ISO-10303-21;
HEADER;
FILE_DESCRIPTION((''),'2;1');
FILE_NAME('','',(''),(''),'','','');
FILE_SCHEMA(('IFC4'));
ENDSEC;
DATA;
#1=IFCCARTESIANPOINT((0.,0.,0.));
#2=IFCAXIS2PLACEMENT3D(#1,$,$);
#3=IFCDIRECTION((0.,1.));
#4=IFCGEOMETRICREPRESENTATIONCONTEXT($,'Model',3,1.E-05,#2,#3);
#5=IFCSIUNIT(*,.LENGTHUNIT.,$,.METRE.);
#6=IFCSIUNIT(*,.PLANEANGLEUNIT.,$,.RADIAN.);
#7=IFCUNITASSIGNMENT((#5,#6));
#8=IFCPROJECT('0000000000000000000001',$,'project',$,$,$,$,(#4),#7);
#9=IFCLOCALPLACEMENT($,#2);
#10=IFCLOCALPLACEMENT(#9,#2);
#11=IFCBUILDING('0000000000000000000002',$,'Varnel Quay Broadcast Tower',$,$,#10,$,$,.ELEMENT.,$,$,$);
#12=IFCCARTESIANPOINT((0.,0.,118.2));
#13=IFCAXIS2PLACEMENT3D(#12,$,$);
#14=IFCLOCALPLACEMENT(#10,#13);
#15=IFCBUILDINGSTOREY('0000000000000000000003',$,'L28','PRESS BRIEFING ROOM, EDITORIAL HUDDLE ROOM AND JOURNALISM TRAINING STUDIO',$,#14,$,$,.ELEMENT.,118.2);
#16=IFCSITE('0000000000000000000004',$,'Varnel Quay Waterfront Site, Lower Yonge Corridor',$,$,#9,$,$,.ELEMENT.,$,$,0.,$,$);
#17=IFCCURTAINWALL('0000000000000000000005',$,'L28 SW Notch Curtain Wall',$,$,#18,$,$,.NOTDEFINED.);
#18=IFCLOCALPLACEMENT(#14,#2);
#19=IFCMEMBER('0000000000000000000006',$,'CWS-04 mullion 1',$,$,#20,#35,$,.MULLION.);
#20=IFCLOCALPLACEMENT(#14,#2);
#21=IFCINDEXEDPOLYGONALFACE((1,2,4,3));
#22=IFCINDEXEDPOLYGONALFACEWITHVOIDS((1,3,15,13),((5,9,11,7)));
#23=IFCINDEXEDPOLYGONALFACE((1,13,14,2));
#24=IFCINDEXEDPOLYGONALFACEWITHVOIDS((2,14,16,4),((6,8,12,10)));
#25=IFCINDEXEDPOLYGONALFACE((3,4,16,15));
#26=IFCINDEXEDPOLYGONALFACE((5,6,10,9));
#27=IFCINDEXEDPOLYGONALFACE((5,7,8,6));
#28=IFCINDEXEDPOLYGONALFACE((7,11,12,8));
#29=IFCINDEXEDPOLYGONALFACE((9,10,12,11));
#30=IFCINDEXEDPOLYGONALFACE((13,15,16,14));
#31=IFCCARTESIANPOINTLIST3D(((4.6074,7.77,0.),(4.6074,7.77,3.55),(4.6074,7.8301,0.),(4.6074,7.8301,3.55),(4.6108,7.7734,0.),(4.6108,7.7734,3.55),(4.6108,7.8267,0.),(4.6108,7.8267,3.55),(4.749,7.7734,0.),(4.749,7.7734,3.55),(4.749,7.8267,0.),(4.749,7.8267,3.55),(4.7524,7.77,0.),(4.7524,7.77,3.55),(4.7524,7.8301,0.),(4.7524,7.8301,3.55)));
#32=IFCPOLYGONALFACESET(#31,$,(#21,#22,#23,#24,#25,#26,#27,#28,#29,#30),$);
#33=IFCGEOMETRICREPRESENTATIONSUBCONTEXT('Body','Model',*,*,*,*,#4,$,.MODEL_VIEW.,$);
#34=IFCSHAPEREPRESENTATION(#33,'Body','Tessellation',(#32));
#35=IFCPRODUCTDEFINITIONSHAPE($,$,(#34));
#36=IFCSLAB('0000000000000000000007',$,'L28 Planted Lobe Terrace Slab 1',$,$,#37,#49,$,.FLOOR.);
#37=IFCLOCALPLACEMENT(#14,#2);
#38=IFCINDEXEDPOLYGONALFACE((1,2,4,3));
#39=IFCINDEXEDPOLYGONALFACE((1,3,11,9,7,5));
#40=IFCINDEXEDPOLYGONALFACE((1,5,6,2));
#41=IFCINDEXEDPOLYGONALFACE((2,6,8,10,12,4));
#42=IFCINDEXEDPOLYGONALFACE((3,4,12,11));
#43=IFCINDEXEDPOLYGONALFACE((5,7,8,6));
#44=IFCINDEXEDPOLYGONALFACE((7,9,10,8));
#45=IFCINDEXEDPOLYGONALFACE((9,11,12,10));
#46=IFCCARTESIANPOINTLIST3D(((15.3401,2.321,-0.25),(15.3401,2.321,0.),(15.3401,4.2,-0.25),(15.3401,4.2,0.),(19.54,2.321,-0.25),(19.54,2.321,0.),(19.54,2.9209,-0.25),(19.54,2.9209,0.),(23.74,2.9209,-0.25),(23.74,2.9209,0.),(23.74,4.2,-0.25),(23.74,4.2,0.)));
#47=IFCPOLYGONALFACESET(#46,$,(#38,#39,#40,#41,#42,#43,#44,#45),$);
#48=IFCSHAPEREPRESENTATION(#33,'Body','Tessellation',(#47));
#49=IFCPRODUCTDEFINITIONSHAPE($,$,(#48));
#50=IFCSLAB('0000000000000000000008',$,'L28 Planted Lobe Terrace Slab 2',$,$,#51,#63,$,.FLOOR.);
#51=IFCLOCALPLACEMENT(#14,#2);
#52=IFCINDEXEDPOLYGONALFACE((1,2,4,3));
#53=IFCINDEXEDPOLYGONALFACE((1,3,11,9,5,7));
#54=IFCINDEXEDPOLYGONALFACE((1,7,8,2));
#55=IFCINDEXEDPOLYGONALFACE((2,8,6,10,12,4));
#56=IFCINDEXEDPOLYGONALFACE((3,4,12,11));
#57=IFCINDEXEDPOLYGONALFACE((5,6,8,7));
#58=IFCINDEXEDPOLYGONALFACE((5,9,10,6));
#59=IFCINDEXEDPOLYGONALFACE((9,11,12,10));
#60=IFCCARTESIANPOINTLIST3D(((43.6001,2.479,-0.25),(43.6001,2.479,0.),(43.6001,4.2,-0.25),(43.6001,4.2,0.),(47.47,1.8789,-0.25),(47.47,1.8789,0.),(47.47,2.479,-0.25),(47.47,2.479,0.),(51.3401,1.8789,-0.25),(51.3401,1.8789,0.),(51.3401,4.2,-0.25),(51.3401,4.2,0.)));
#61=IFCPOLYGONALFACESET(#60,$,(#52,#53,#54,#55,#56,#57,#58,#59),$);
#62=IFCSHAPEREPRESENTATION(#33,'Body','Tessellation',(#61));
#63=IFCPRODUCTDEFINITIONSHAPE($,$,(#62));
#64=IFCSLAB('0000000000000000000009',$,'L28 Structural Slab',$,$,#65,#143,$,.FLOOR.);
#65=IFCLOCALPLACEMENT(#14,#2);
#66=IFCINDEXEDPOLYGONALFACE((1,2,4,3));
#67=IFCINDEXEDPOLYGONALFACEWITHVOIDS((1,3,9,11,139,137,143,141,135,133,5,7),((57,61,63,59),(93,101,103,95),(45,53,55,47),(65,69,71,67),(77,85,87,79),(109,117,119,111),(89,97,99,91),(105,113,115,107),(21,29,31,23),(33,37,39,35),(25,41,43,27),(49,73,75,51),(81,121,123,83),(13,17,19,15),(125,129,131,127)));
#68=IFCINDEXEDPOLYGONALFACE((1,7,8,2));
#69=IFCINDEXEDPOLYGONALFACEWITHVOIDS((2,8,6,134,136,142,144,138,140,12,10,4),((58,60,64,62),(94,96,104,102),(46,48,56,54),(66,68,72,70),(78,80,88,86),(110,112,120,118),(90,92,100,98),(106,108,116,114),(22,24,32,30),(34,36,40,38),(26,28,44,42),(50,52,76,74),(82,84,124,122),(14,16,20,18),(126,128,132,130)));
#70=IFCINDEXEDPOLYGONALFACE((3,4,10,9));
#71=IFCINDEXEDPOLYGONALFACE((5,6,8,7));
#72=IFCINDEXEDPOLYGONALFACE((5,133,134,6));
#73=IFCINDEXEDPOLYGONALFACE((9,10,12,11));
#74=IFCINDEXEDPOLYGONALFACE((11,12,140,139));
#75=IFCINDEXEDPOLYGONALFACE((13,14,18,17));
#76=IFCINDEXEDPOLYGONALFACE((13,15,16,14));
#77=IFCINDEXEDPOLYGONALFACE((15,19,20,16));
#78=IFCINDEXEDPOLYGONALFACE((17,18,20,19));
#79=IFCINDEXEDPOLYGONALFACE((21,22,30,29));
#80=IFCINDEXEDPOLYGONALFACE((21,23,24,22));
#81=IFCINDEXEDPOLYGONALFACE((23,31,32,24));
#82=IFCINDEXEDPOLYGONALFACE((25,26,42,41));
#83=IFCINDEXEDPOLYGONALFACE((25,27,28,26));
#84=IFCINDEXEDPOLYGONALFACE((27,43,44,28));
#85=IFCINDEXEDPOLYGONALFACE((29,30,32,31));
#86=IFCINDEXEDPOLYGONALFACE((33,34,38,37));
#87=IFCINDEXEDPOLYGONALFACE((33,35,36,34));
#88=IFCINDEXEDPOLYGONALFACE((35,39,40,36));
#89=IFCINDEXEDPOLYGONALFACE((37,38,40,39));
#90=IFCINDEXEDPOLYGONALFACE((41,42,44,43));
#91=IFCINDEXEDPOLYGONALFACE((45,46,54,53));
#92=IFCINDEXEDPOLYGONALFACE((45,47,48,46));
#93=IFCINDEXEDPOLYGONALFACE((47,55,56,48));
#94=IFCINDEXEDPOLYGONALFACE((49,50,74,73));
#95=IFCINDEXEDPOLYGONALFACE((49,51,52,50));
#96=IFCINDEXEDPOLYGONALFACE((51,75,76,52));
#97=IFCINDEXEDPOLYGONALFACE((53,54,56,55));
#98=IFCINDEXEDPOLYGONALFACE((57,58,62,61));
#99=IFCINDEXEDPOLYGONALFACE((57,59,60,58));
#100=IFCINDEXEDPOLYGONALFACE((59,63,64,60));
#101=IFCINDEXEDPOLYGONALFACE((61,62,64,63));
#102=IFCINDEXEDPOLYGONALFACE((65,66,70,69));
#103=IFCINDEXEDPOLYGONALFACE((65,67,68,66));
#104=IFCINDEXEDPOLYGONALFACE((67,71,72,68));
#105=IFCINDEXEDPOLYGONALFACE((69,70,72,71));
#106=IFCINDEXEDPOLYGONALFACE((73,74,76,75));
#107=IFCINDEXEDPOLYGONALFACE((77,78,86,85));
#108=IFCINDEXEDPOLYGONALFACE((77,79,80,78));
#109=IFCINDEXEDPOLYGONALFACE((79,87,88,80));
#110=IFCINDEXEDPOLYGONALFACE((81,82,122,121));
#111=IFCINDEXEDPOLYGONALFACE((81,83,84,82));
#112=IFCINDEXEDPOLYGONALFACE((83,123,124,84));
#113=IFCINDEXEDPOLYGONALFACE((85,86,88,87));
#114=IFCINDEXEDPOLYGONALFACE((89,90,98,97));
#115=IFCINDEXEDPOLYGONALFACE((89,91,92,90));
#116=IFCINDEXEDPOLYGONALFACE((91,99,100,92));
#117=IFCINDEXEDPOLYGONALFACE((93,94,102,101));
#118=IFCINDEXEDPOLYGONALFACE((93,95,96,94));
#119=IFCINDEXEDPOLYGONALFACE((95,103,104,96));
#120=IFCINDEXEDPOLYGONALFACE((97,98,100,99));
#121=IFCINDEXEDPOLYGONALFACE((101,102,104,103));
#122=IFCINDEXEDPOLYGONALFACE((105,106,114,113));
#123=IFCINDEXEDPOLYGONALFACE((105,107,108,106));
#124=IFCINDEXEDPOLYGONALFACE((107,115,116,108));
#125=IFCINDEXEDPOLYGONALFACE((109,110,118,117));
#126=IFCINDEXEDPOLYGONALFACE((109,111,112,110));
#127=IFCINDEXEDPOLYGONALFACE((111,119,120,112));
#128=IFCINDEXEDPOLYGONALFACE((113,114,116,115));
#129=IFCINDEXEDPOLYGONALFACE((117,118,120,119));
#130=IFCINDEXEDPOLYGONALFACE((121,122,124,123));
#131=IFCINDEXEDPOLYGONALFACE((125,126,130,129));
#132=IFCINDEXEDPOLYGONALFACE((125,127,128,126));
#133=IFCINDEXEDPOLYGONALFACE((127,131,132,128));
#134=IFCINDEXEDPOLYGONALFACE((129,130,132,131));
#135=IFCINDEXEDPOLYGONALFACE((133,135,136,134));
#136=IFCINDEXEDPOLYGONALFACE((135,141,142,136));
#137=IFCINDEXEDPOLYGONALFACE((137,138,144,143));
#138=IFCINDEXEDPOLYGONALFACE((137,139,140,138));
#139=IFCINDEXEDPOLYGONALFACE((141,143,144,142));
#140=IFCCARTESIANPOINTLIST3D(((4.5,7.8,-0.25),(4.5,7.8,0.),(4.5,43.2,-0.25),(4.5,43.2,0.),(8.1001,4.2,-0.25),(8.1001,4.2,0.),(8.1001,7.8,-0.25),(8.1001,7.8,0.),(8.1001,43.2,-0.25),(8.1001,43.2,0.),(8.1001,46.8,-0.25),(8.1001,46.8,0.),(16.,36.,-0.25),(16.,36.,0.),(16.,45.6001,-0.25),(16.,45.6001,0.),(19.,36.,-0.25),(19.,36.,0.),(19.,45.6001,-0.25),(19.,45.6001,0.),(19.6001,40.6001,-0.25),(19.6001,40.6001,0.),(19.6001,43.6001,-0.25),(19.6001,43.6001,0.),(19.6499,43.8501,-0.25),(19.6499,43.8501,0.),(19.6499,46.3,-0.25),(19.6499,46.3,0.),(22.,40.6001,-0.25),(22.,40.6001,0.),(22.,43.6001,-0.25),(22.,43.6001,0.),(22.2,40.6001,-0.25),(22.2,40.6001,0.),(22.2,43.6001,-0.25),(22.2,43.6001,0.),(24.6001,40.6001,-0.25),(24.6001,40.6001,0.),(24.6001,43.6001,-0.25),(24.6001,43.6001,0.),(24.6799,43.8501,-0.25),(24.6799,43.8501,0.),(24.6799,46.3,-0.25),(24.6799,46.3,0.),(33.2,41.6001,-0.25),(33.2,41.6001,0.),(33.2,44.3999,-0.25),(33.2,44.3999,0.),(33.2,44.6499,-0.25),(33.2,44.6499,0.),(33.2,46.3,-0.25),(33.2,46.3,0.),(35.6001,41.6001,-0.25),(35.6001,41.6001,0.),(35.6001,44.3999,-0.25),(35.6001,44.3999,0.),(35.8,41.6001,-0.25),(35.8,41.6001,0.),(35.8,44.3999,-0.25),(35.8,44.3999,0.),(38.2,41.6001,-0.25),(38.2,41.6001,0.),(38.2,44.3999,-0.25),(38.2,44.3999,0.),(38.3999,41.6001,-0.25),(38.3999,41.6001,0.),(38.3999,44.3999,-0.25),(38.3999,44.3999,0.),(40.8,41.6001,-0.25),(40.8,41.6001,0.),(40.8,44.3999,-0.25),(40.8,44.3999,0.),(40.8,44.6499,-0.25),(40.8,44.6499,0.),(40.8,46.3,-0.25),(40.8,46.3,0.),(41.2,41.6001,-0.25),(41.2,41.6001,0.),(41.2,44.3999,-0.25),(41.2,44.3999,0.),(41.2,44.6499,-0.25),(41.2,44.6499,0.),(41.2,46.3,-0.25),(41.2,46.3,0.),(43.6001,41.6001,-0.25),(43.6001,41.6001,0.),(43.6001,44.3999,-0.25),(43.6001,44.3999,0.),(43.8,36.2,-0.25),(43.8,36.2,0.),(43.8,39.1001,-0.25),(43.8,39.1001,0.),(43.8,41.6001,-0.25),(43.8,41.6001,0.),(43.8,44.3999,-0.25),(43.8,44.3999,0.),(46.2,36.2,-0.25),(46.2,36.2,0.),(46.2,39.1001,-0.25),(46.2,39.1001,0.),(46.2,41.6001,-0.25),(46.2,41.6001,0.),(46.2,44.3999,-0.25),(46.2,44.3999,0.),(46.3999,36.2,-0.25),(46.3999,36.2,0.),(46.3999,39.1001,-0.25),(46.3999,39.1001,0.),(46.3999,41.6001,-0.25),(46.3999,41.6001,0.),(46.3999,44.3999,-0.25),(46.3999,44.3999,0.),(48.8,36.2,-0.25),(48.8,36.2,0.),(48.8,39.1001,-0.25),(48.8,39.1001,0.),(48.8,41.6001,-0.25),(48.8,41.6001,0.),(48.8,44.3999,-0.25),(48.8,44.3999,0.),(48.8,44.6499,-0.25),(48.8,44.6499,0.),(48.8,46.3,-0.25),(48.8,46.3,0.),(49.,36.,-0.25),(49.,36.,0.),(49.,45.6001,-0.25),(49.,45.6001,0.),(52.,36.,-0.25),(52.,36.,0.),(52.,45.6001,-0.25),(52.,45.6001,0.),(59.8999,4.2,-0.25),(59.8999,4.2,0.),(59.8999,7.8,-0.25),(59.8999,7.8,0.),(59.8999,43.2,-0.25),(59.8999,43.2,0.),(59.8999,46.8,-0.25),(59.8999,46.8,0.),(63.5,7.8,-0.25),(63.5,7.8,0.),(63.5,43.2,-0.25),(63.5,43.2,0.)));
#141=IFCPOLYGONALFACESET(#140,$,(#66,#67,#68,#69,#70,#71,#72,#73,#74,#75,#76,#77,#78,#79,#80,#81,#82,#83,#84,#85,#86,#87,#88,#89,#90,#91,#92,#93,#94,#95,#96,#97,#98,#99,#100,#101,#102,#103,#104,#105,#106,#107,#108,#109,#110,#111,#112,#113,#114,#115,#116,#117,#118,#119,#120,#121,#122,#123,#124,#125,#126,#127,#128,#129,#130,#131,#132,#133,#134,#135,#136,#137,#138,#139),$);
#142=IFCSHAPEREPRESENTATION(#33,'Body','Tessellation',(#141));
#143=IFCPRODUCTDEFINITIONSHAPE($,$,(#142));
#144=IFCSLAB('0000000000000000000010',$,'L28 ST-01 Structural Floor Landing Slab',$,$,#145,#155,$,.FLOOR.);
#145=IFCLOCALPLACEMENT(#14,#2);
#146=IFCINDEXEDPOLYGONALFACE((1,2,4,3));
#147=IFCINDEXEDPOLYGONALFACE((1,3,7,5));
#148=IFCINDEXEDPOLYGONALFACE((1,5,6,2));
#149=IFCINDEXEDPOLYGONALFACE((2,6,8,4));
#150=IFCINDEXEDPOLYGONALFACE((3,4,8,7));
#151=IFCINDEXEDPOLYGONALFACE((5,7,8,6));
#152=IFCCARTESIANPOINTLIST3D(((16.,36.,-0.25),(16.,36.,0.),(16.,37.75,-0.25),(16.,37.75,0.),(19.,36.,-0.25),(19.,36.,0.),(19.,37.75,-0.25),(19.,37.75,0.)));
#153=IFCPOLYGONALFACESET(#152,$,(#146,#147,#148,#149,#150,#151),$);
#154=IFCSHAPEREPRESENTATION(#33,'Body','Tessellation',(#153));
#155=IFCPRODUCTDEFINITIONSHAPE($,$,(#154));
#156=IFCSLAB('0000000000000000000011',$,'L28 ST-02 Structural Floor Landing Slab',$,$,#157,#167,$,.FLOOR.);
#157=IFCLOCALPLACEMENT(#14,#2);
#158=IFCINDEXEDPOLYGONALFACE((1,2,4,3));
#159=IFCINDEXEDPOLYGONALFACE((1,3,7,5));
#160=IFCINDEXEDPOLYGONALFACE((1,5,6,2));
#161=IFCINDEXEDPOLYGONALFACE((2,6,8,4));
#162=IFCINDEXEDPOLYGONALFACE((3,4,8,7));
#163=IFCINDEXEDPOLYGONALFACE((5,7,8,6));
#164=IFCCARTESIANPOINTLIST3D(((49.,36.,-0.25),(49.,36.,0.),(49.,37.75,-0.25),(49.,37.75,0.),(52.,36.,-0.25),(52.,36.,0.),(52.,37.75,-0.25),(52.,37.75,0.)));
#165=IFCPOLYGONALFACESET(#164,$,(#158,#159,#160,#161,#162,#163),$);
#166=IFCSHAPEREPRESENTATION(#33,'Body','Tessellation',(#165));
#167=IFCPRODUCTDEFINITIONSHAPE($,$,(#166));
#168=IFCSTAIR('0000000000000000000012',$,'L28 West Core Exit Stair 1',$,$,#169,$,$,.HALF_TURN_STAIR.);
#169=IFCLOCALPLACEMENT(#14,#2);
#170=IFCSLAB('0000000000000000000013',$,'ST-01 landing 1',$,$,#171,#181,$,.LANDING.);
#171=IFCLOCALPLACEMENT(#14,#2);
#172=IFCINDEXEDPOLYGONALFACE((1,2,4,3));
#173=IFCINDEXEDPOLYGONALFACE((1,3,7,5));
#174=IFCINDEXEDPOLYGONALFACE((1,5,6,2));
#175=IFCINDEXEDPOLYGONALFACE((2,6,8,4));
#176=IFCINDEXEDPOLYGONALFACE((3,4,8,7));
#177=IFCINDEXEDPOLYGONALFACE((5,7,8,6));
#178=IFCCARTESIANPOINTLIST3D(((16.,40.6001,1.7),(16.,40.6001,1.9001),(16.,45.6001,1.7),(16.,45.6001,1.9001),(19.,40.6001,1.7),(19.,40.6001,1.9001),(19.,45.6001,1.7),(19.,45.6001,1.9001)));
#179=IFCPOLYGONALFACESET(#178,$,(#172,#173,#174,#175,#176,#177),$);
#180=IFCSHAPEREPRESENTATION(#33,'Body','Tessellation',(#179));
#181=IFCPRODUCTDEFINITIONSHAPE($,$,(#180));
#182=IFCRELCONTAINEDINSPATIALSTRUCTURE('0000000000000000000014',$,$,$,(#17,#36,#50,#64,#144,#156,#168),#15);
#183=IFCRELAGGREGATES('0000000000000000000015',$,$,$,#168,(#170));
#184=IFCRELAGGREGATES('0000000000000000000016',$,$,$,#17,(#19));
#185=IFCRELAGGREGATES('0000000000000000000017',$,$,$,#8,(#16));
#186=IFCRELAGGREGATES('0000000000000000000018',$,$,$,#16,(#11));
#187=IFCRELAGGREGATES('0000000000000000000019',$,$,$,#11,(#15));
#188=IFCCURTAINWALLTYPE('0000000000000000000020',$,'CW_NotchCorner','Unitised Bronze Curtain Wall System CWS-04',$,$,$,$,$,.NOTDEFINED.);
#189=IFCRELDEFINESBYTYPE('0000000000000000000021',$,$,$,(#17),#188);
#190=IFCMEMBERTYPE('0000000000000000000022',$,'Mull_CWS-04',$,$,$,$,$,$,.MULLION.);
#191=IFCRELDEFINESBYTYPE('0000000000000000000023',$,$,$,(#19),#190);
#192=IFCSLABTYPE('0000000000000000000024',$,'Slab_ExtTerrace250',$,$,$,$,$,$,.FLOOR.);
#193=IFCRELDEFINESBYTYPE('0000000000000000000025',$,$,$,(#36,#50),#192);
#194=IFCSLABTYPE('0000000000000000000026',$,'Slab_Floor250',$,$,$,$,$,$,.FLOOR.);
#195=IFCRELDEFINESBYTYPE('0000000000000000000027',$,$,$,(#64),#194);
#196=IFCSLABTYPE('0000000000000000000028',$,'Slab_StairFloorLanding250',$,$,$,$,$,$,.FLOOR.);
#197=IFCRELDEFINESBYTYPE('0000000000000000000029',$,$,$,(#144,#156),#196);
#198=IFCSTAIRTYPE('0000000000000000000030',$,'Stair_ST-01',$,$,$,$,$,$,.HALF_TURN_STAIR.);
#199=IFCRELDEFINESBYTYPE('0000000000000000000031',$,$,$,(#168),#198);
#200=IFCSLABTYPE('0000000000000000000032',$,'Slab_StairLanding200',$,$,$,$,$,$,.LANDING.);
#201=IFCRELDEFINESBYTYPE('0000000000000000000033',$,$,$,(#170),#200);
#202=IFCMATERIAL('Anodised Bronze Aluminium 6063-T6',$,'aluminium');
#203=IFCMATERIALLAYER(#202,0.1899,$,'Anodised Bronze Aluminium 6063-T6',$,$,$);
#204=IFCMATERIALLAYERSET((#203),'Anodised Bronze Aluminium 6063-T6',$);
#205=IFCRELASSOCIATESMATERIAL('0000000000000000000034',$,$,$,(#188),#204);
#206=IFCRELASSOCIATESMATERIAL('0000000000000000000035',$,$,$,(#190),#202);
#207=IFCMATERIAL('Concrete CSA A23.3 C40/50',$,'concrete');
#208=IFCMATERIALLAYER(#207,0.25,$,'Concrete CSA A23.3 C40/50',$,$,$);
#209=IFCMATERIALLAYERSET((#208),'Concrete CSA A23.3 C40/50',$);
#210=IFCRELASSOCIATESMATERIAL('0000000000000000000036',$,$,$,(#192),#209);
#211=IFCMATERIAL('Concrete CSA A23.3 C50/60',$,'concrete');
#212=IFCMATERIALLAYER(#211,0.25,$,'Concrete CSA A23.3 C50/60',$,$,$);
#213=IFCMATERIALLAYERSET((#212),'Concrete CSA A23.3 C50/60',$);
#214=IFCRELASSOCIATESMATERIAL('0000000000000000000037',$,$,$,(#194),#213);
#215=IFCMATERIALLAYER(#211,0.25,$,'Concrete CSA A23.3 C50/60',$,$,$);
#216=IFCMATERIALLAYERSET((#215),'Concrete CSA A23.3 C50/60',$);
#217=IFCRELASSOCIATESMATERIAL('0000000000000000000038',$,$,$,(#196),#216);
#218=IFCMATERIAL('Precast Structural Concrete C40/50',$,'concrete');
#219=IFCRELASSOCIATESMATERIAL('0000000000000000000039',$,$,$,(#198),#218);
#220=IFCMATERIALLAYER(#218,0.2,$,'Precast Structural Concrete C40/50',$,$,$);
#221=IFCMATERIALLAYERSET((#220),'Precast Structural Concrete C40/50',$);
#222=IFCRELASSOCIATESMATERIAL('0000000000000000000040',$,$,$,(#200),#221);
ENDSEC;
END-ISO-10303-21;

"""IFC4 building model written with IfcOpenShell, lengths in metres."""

from ifc_helpers import new_model, si_unit, direction, frame, origin, origin_2d, place, context, subcontext, project, spatial, polyline, hollow_rectangle, outline, extrude, source, transform, mapped, material, layer, layer_set, material_profile, profile_set, type_object, type_shapes, element, aggregate, save


model = new_model("IFC4")

# Units and contexts
model_context = context("Model", 3, precision=1e-05, world=origin(), true_north=direction((0.0, 1.0)))
body_context = subcontext(model_context, "Body", "Model", "MODEL_VIEW")
ifc_project = project(units=[si_unit("LENGTHUNIT", "METRE"), si_unit("PLANEANGLEUNIT", "RADIAN")], contexts=[model_context])

# Site, building, storey
site_placement = place(None, origin())
site = spatial("IfcSite", under=ifc_project, at=site_placement, Name="Varnel Quay Waterfront Site, Lower Yonge Corridor", CompositionType="ELEMENT", RefElevation=0.0)
building_placement = place(site_placement, origin())
building = spatial("IfcBuilding", under=site, at=building_placement, Name="Varnel Quay Broadcast Tower", CompositionType="ELEMENT")
storey_placement = place(building_placement, frame((0.0, 0.0, 118.2)))
storey = spatial("IfcBuildingStorey", under=building, at=storey_placement, Name="L28", Description="PRESS BRIEFING ROOM, EDITORIAL HUDDLE ROOM AND JOURNALISM TRAINING STUDIO", CompositionType="ELEMENT", Elevation=118.2)

# Curtain wall
ifc_material_1 = material(Name="Anodised Bronze Aluminium 6063-T6", Category="aluminium")
ifc_layer_1 = layer(ifc_material_1, 0.1899, Name="Anodised Bronze Aluminium 6063-T6")
ifc_layer_set_1 = layer_set([ifc_layer_1], Name="Anodised Bronze Aluminium 6063-T6")
curtain_wall_type_1 = type_object("IfcCurtainWallType", Name="CW_NotchCorner", Description="Unitised Bronze Curtain Wall System CWS-04", PredefinedType="NOTDEFINED", material=ifc_layer_set_1)
curtain_wall_1_placement = place(storey_placement, origin())
curtain_wall_1 = element("IfcCurtainWall", 1, at=curtain_wall_1_placement, inside=storey, type_object=curtain_wall_type_1, Name="L28 SW Notch Curtain Wall", PredefinedType="NOTDEFINED")

# Member
ifc_material_profile_1 = material_profile(ifc_material_1, hollow_rectangle(XDim=0.0601, YDim=0.145, WallThickness=0.0034, at=origin_2d()), Name="ALU60X145X3.5")
ifc_profile_set_1 = profile_set([ifc_material_profile_1], Name="Anodised Bronze Aluminium 6063-T6")
member_type_1 = type_object("IfcMemberType", Name="Mull_CWS-04", PredefinedType="MULLION", material=ifc_profile_set_1)
shared_shape_1 = source(origin(), body_context, "Body", "SweptSolid", [
    extrude(hollow_rectangle(XDim=0.0601, YDim=0.145, WallThickness=0.0034, at=origin_2d()), origin(), (0.0, 0.0, 1.0), 3.55),
])
type_shapes(member_type_1, [shared_shape_1])
member_1_placement = place(storey_placement, frame((4.6799, 7.8, 0.0), z_axis=(0.0, 0.0, 1.0), x_axis=(0.0, 1.0, 0.0)))
member_1 = element("IfcMember", 2, at=member_1_placement, type_object=member_type_1, Name="CWS-04 mullion 1", PredefinedType="MULLION", context=body_context, shape_type="MappedRepresentation", body=[
    mapped(shared_shape_1, transform((0.0, 0.0, 0.0), x_axis=(1.0, 0.0, 0.0), y_axis=(0.0, 1.0, 0.0), z_axis=(0.0, 0.0, 1.0), scale=1.0)),
])

# Slabs
ifc_material_2 = material(Name="Concrete CSA A23.3 C40/50", Category="concrete")
ifc_layer_2 = layer(ifc_material_2, 0.25, Name="Concrete CSA A23.3 C40/50")
ifc_layer_set_2 = layer_set([ifc_layer_2], Name="Concrete CSA A23.3 C40/50")
slab_type_1 = type_object("IfcSlabType", Name="Slab_ExtTerrace250", PredefinedType="FLOOR", material=ifc_layer_set_2)
slab_1_placement = place(storey_placement, frame((0.0, 0.0, -0.25)))
element("IfcSlab", 3, at=slab_1_placement, inside=storey, type_object=slab_type_1, Name="L28 Planted Lobe Terrace Slab 1", PredefinedType="FLOOR", context=body_context, shape_type="SweptSolid", body=[
    extrude(outline(polyline([(15.3401, 2.321), (19.54, 2.321), (19.54, 2.9209), (23.74, 2.9209), (23.74, 4.2), (15.3401, 4.2), (15.3401, 2.321)])), origin(), (0.0, 0.0, 1.0), 0.25),
])
slab_2_placement = place(storey_placement, frame((0.0, 0.0, -0.25)))
element("IfcSlab", 4, at=slab_2_placement, inside=storey, type_object=slab_type_1, Name="L28 Planted Lobe Terrace Slab 2", PredefinedType="FLOOR", context=body_context, shape_type="SweptSolid", body=[
    extrude(outline(polyline([(43.6001, 2.479), (47.47, 2.479), (47.47, 1.8789), (51.3401, 1.8789), (51.3401, 4.2), (43.6001, 4.2), (43.6001, 2.479)])), origin(), (0.0, 0.0, 1.0), 0.25),
])
ifc_material_3 = material(Name="Concrete CSA A23.3 C50/60", Category="concrete")
ifc_layer_3 = layer(ifc_material_3, 0.25, Name="Concrete CSA A23.3 C50/60")
ifc_layer_set_3 = layer_set([ifc_layer_3], Name="Concrete CSA A23.3 C50/60")
slab_type_2 = type_object("IfcSlabType", Name="Slab_Floor250", PredefinedType="FLOOR", material=ifc_layer_set_3)
slab_3_placement = place(storey_placement, frame((0.0, 0.0, -0.25)))
element("IfcSlab", 5, at=slab_3_placement, inside=storey, type_object=slab_type_2, Name="L28 Structural Slab", PredefinedType="FLOOR", context=body_context, shape_type="SweptSolid", body=[
    extrude(outline(polyline([(8.1001, 4.2), (59.8999, 4.2), (59.8999, 7.8), (63.5, 7.8), (63.5, 43.2), (59.8999, 43.2), (59.8999, 46.8), (8.1001, 46.8), (8.1001, 43.2), (4.5, 43.2), (4.5, 7.8), (8.1001, 7.8), (8.1001, 4.2)]), holes=[polyline([(19.0, 36.0), (16.0, 36.0), (16.0, 45.6001), (19.0, 45.6001), (19.0, 36.0)]), polyline([(19.6001, 43.6001), (22.0, 43.6001), (22.0, 40.6001), (19.6001, 40.6001), (19.6001, 43.6001)]), polyline([(22.2, 43.6001), (24.6001, 43.6001), (24.6001, 40.6001), (22.2, 40.6001), (22.2, 43.6001)]), polyline([(33.2, 44.3999), (35.6001, 44.3999), (35.6001, 41.6001), (33.2, 41.6001), (33.2, 44.3999)]), polyline([(35.8, 44.3999), (38.2, 44.3999), (38.2, 41.6001), (35.8, 41.6001), (35.8, 44.3999)]), polyline([(38.3999, 44.3999), (40.8, 44.3999), (40.8, 41.6001), (38.3999, 41.6001), (38.3999, 44.3999)]), polyline([(19.6499, 46.3), (24.6799, 46.3), (24.6799, 43.8501), (19.6499, 43.8501), (19.6499, 46.3)]), polyline([(33.2, 46.3), (40.8, 46.3), (40.8, 44.6499), (33.2, 44.6499), (33.2, 46.3)]), polyline([(43.8, 39.1001), (46.2, 39.1001), (46.2, 36.2), (43.8, 36.2), (43.8, 39.1001)]), polyline([(46.3999, 39.1001), (48.8, 39.1001), (48.8, 36.2), (46.3999, 36.2), (46.3999, 39.1001)]), polyline([(49.0, 36.0), (49.0, 45.6001), (52.0, 45.6001), (52.0, 36.0), (49.0, 36.0)]), polyline([(41.2, 44.3999), (43.6001, 44.3999), (43.6001, 41.6001), (41.2, 41.6001), (41.2, 44.3999)]), polyline([(43.8, 44.3999), (46.2, 44.3999), (46.2, 41.6001), (43.8, 41.6001), (43.8, 44.3999)]), polyline([(46.3999, 44.3999), (48.8, 44.3999), (48.8, 41.6001), (46.3999, 41.6001), (46.3999, 44.3999)]), polyline([(41.2, 46.3), (48.8, 46.3), (48.8, 44.6499), (41.2, 44.6499), (41.2, 46.3)])]), origin(), (0.0, 0.0, 1.0), 0.25),
])
ifc_layer_4 = layer(ifc_material_3, 0.25, Name="Concrete CSA A23.3 C50/60")
ifc_layer_set_4 = layer_set([ifc_layer_4], Name="Concrete CSA A23.3 C50/60")
slab_type_3 = type_object("IfcSlabType", Name="Slab_StairFloorLanding250", PredefinedType="FLOOR", material=ifc_layer_set_4)
slab_4_placement = place(storey_placement, frame((0.0, 0.0, -0.25)))
element("IfcSlab", 6, at=slab_4_placement, inside=storey, type_object=slab_type_3, Name="L28 ST-01 Structural Floor Landing Slab", PredefinedType="FLOOR", context=body_context, shape_type="SweptSolid", body=[
    extrude(outline(polyline([(19.0, 36.0), (19.0, 37.75), (16.0, 37.75), (16.0, 36.0), (19.0, 36.0)])), origin(), (0.0, 0.0, 1.0), 0.25),
])
slab_5_placement = place(storey_placement, frame((0.0, 0.0, -0.25)))
element("IfcSlab", 7, at=slab_5_placement, inside=storey, type_object=slab_type_3, Name="L28 ST-02 Structural Floor Landing Slab", PredefinedType="FLOOR", context=body_context, shape_type="SweptSolid", body=[
    extrude(outline(polyline([(52.0, 36.0), (52.0, 37.75), (49.0, 37.75), (49.0, 36.0), (52.0, 36.0)])), origin(), (0.0, 0.0, 1.0), 0.25),
])

# Stair, slab
ifc_material_4 = material(Name="Precast Structural Concrete C40/50", Category="concrete")
stair_type_1 = type_object("IfcStairType", Name="Stair_ST-01", PredefinedType="HALF_TURN_STAIR", material=ifc_material_4)
stair_1_placement = place(storey_placement, origin())
stair_1 = element("IfcStair", 8, at=stair_1_placement, inside=storey, type_object=stair_type_1, Name="L28 West Core Exit Stair 1", PredefinedType="HALF_TURN_STAIR")
ifc_layer_5 = layer(ifc_material_4, 0.2, Name="Precast Structural Concrete C40/50")
ifc_layer_set_5 = layer_set([ifc_layer_5], Name="Precast Structural Concrete C40/50")
slab_type_4 = type_object("IfcSlabType", Name="Slab_StairLanding200", PredefinedType="LANDING", material=ifc_layer_set_5)
slab_6_placement = place(storey_placement, frame((0.0, 0.0, 1.7)))
slab_6 = element("IfcSlab", 9, at=slab_6_placement, type_object=slab_type_4, Name="ST-01 landing 1", PredefinedType="LANDING", context=body_context, shape_type="SweptSolid", body=[
    extrude(outline(polyline([(19.0, 40.6001), (19.0, 45.6001), (16.0, 45.6001), (16.0, 40.6001), (19.0, 40.6001)])), origin(), (0.0, 0.0, 1.0), 0.2002),
])
aggregate(stair_1, [slab_6])

aggregate(curtain_wall_1, [member_1])

save(model, "model.ifc")
